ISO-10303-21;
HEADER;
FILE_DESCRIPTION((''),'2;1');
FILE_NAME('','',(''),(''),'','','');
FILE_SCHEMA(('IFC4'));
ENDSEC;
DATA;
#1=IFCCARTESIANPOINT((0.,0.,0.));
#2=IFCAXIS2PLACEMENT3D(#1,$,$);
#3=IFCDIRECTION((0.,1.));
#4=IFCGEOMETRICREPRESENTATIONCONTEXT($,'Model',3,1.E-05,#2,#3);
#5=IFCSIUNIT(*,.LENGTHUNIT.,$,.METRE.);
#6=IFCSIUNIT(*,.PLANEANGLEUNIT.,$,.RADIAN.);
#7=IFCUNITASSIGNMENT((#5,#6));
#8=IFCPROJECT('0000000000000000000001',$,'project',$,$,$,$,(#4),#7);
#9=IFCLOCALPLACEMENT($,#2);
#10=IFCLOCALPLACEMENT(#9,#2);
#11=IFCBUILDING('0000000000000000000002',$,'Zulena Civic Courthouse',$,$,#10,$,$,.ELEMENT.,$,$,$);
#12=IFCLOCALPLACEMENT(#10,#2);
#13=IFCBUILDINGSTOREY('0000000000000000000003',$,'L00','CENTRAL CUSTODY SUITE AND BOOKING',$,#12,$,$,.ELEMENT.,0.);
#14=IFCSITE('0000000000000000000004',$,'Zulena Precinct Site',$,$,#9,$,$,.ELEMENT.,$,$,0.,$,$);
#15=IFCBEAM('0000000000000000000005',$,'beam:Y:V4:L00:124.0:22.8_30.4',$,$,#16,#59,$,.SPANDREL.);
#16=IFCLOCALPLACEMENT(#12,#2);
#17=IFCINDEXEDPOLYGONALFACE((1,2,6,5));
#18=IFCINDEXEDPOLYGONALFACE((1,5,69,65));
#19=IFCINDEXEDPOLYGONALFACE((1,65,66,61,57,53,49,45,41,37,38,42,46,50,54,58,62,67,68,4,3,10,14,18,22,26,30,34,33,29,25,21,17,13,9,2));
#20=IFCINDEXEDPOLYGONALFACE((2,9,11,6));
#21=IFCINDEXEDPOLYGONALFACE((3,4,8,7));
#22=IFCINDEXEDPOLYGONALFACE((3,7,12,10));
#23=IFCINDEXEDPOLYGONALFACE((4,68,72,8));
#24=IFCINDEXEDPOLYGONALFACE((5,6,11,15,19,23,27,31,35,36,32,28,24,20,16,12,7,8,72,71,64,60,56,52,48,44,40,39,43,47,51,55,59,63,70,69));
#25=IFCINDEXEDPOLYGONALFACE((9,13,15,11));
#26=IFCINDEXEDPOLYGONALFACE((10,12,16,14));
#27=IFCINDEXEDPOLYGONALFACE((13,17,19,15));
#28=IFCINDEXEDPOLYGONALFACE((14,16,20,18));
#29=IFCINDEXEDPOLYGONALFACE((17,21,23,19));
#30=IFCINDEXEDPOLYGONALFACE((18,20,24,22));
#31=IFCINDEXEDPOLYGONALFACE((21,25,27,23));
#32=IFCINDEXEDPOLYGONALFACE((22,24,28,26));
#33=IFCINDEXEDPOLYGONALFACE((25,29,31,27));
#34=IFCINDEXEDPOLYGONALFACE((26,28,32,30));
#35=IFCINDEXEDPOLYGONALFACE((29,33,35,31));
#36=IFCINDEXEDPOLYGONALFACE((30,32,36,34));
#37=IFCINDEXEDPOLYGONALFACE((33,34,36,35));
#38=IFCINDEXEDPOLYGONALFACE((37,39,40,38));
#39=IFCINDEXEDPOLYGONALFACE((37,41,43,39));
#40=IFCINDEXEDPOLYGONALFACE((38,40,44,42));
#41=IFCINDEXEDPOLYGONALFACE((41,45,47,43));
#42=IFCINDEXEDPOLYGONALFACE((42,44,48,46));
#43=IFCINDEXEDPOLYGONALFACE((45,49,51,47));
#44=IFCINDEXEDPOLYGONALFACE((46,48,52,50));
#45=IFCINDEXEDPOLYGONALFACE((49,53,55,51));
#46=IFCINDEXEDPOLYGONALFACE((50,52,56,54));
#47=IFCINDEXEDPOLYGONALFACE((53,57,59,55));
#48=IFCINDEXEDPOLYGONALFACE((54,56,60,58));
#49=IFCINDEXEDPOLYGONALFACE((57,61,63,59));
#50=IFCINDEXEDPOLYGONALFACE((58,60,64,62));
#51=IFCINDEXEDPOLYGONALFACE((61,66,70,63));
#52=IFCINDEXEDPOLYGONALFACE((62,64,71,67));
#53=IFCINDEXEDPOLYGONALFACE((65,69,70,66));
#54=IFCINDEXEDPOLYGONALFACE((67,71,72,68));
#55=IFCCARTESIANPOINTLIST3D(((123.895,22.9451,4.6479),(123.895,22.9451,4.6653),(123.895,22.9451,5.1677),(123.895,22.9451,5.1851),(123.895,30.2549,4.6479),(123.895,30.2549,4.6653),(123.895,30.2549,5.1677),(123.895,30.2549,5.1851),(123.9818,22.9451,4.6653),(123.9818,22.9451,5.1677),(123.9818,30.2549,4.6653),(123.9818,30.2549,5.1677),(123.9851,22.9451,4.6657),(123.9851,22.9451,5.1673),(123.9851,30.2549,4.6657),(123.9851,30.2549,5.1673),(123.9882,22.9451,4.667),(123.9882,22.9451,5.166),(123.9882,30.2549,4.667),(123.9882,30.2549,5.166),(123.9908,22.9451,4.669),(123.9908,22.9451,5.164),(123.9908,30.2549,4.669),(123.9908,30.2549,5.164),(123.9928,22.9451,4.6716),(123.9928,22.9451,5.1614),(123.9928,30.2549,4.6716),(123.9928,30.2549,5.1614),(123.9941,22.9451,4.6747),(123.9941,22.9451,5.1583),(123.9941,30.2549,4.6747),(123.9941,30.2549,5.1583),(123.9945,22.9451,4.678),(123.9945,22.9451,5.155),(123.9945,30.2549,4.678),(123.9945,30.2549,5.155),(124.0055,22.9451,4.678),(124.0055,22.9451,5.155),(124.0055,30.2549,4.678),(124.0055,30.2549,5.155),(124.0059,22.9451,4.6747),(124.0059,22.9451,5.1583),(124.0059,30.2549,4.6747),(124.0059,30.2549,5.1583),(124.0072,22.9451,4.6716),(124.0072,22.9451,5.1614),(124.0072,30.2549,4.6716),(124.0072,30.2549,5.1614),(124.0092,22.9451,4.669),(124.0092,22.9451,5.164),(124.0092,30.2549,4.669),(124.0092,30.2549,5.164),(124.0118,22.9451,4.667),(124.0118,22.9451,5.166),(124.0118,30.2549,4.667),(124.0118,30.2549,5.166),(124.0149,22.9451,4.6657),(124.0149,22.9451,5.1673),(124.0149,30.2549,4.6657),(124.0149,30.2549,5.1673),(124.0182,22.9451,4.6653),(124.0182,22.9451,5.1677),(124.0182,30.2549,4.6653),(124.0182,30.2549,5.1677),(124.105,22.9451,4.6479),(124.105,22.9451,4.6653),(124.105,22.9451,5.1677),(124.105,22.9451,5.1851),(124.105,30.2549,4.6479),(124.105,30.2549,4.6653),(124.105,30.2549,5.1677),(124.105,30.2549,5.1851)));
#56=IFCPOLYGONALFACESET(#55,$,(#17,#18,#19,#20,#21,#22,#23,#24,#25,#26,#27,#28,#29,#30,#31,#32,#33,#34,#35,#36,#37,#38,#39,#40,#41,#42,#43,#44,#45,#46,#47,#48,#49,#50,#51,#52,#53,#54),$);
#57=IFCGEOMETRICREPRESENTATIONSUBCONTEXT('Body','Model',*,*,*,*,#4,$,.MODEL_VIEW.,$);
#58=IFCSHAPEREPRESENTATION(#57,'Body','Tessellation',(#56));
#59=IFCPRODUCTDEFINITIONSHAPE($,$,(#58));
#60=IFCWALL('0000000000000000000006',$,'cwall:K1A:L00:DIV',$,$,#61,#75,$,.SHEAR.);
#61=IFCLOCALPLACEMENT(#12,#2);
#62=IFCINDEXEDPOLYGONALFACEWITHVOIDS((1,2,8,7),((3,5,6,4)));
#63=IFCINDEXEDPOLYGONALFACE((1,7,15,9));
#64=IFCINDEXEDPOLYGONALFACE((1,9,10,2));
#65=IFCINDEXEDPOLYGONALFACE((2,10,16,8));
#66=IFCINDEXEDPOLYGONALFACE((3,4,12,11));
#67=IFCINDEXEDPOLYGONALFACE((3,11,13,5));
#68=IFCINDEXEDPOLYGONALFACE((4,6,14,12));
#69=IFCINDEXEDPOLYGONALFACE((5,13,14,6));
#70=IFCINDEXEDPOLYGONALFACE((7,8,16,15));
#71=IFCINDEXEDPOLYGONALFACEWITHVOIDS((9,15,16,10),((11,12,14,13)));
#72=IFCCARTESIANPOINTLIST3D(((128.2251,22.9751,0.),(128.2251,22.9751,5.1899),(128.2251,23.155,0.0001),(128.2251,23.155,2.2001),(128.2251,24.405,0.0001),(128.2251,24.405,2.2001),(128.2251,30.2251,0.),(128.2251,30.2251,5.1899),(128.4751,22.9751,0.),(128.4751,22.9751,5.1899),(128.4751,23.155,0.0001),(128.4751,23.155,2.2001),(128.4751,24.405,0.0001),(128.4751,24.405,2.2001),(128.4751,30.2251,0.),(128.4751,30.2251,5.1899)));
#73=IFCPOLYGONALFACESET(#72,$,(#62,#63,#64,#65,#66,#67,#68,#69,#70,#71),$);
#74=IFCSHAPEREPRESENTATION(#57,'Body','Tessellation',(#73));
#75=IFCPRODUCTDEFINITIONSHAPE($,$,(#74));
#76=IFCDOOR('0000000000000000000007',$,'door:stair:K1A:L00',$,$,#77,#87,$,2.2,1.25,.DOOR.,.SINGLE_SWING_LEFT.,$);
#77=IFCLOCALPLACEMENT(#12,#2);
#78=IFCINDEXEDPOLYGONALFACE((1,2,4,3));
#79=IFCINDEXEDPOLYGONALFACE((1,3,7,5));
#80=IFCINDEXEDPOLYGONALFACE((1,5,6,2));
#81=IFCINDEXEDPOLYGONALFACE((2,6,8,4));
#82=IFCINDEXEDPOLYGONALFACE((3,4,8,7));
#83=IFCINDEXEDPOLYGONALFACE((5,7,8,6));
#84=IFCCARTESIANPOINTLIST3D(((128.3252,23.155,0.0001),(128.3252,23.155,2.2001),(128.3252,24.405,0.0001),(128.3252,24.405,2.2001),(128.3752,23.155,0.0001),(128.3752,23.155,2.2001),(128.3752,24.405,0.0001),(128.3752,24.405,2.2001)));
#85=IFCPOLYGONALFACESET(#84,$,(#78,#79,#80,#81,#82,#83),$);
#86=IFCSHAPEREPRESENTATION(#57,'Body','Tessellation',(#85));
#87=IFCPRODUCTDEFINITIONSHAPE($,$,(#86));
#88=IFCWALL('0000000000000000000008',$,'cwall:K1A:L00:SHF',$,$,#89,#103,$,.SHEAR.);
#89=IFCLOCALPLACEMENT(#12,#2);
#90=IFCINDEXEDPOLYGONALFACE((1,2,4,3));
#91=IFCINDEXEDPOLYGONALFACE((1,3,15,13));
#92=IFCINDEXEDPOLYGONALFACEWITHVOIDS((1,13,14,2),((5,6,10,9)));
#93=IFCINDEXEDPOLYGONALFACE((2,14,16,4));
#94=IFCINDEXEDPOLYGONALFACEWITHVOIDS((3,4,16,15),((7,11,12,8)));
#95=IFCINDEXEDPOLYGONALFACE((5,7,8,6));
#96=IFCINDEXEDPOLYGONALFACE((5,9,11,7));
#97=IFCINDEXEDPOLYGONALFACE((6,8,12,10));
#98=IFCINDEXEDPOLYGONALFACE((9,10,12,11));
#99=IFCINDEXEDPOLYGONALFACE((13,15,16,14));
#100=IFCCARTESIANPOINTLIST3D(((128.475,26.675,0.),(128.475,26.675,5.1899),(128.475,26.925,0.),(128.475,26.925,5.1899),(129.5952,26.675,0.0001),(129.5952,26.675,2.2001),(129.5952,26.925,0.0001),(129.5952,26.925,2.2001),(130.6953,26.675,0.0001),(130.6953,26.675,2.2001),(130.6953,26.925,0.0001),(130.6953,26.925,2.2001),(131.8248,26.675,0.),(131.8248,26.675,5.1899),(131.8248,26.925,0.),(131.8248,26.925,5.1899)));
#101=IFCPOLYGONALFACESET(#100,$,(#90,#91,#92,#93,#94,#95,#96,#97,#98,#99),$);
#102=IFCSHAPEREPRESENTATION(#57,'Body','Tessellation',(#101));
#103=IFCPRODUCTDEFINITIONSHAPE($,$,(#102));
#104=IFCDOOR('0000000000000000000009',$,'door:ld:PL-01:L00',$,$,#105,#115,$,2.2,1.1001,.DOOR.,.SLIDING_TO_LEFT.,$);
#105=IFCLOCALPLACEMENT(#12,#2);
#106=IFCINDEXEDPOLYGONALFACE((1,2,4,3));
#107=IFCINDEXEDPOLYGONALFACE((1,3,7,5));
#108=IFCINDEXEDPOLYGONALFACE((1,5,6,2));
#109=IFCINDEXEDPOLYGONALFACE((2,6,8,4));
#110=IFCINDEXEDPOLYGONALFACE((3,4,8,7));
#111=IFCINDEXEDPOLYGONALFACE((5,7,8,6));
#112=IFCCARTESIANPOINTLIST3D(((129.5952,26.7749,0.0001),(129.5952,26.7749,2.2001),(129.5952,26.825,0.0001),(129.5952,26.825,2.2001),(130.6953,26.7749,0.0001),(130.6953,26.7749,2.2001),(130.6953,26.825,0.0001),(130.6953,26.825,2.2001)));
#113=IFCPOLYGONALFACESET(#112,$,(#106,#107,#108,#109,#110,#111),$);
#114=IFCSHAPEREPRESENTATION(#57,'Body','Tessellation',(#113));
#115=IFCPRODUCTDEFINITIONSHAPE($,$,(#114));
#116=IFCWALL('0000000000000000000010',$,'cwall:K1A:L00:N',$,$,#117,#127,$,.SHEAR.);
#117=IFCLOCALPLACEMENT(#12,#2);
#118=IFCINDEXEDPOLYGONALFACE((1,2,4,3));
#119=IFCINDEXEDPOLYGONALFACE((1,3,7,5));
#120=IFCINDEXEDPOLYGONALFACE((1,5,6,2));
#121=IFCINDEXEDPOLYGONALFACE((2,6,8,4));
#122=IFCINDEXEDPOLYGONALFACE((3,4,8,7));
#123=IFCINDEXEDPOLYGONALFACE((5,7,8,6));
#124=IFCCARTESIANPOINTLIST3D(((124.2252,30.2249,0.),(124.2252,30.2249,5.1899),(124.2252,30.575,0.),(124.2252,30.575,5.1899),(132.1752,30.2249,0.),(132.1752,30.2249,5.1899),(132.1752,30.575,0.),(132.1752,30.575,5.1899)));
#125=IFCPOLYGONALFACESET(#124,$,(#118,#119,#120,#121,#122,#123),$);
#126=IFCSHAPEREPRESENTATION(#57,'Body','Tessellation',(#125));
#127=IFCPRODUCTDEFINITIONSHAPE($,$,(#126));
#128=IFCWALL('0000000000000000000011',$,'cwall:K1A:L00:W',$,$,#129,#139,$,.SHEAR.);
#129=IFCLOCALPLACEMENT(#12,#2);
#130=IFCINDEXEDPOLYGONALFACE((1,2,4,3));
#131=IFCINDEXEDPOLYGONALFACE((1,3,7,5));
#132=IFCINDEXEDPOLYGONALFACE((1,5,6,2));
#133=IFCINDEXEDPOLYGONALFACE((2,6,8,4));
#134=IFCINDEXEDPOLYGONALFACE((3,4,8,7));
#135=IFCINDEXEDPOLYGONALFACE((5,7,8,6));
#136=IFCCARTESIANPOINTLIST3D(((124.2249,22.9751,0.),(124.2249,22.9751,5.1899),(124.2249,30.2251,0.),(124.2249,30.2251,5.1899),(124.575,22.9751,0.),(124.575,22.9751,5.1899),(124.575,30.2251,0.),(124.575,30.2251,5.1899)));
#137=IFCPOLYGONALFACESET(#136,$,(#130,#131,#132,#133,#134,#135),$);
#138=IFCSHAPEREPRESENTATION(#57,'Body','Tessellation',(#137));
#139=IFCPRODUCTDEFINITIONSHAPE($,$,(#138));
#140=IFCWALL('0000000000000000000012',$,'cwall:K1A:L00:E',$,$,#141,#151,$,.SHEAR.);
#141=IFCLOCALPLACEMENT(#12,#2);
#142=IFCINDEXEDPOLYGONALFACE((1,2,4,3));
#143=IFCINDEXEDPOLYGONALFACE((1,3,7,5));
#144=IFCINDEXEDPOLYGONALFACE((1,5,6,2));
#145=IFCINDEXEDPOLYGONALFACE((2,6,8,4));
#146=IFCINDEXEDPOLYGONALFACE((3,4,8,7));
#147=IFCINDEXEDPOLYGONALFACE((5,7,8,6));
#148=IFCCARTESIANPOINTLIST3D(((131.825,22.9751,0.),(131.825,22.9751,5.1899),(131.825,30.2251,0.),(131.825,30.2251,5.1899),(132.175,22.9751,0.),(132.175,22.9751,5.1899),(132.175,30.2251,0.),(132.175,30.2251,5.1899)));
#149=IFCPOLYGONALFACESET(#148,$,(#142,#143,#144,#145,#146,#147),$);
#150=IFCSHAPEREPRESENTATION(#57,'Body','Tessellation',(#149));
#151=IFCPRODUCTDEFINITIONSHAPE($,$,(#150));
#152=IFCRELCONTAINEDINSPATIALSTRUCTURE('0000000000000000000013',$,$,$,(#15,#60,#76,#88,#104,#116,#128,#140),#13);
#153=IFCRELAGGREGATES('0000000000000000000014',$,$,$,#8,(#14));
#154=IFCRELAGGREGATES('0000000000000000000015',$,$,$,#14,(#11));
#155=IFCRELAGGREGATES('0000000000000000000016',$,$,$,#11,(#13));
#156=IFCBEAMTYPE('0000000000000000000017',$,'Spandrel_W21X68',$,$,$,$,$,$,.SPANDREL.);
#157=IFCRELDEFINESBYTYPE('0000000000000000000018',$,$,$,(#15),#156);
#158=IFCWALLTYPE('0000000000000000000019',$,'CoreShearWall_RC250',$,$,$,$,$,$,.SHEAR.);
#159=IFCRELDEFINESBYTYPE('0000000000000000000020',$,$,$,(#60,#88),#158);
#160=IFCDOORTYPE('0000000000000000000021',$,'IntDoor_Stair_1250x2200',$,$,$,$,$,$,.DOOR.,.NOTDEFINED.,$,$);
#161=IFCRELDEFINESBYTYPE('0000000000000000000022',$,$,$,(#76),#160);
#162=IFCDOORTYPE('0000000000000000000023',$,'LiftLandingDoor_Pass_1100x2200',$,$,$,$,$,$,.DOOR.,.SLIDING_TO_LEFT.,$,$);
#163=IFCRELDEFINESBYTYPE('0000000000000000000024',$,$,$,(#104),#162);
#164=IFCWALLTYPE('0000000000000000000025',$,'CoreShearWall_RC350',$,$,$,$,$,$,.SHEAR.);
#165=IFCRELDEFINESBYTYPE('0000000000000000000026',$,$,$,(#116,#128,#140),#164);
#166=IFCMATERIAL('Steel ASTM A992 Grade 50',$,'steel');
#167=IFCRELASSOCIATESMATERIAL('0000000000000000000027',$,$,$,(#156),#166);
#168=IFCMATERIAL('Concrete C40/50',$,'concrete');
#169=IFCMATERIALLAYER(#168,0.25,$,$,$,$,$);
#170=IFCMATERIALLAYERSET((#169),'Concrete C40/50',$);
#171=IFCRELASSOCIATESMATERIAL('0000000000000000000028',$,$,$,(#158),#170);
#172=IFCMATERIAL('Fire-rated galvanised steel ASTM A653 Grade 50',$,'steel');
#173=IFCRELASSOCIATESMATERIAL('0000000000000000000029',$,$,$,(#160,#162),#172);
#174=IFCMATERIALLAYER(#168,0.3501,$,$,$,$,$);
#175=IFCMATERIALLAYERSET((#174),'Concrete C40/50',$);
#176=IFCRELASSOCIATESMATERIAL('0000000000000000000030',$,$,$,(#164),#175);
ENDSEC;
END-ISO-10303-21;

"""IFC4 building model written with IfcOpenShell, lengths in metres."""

from ifc_helpers import new_model, si_unit, direction, frame, frame_2d, origin, origin_2d, place, context, subcontext, project, spatial, rectangle, i_section, extrude, material, layer, layer_set, material_profile, profile_set, type_object, element, fill, save


model = new_model("IFC4")

# Units and contexts
model_context = context("Model", 3, precision=1e-05, world=origin(), true_north=direction((0.0, 1.0)))
body_context = subcontext(model_context, "Body", "Model", "MODEL_VIEW")
ifc_project = project(units=[si_unit("LENGTHUNIT", "METRE"), si_unit("PLANEANGLEUNIT", "RADIAN")], contexts=[model_context])

# Site, building, storey
site_placement = place(None, origin())
site = spatial("IfcSite", under=ifc_project, at=site_placement, Name="Zulena Precinct Site", CompositionType="ELEMENT", RefElevation=0.0)
building_placement = place(site_placement, origin())
building = spatial("IfcBuilding", under=site, at=building_placement, Name="Zulena Civic Courthouse", CompositionType="ELEMENT")
storey_placement = place(building_placement, origin())
storey = spatial("IfcBuildingStorey", under=building, at=storey_placement, Name="L00", Description="CENTRAL CUSTODY SUITE AND BOOKING", CompositionType="ELEMENT", Elevation=0.0)

# Shared definitions
ifc_material_1 = material(Name="Concrete C40/50", Category="concrete")

# Shared definitions
ifc_material_2 = material(Name="Steel ASTM A992 Grade 50", Category="steel")

# Beam
ifc_material_profile_1 = material_profile(ifc_material_2, i_section(OverallWidth=0.21, OverallDepth=0.5371, WebThickness=0.011, FlangeThickness=0.0173, FilletRadius=0.0127, at=origin_2d()), Name="W21X68")
ifc_profile_set_1 = profile_set([ifc_material_profile_1], Name="Steel ASTM A992 Grade 50")
beam_type_1 = type_object("IfcBeamType", Name="Spandrel_W21X68", PredefinedType="SPANDREL", material=ifc_profile_set_1)
for number, where, z_axis, x_axis, name in (
    (1, (124.0, 22.9451, 4.9165), (0.0, 1.0, 0.0), (-1.0, 0.0, 0.0), "beam:Y:V4:L00:124.0:22.8_30.4"),
):
    element("IfcBeam", number, at=place(storey_placement, frame(where, z_axis=z_axis, x_axis=x_axis)), inside=storey, type_object=beam_type_1, Name=name, PredefinedType="SPANDREL", context=body_context, shape_type="SweptSolid", body=[
        extrude(i_section(OverallWidth=0.21, OverallDepth=0.5371, WebThickness=0.011, FlangeThickness=0.0173, FilletRadius=0.0127, at=origin_2d()), origin(), (0.0, 0.0, 1.0), 7.3098),
    ])

# Walls, openings, doors
ifc_layer_1 = layer(ifc_material_1, 0.25)
ifc_layer_set_1 = layer_set([ifc_layer_1], Name="Concrete C40/50")
wall_type_1 = type_object("IfcWallType", Name="CoreShearWall_RC250", PredefinedType="SHEAR", material=ifc_layer_set_1)
wall_1_placement = place(storey_placement, frame((128.3501, 22.9751, 0.0), z_axis=(0.0, 0.0, 1.0), x_axis=(0.0, 1.0, 0.0)))
wall_1 = element("IfcWall", 2, at=wall_1_placement, inside=storey, type_object=wall_type_1, Name="cwall:K1A:L00:DIV", PredefinedType="SHEAR", context=body_context, shape_type="SweptSolid", body=[
    extrude(rectangle(XDim=7.25, YDim=0.25, at=frame_2d((3.625, 0.0))), origin(), (0.0, 0.0, 1.0), 5.1899),
])
opening_1_placement = place(wall_1_placement, frame((0.1799, 0.0, 0.0)))
opening_1 = element("IfcOpeningElement", 3, at=opening_1_placement, cuts=wall_1, PredefinedType="OPENING", context=body_context, shape_type="SweptSolid", body=[
    extrude(rectangle(XDim=1.25, YDim=2.2, at=frame_2d((0.625, 1.1001))), frame((0.0, 0.135, 0.0), z_axis=(0.0, -1.0, 0.0), x_axis=(1.0, 0.0, 0.0)), (0.0, 0.0, 1.0), 0.27),
])
ifc_material_3 = material(Name="Fire-rated galvanised steel ASTM A653 Grade 50", Category="steel")
door_type_1 = type_object("IfcDoorType", Name="IntDoor_Stair_1250x2200", OperationType="NOTDEFINED", PredefinedType="DOOR", material=ifc_material_3)
door_1_placement = place(opening_1_placement, origin())
door_1 = element("IfcDoor", 4, at=door_1_placement, inside=storey, type_object=door_type_1, Name="door:stair:K1A:L00", OperationType="SINGLE_SWING_LEFT", OverallHeight=2.2, OverallWidth=1.25, PredefinedType="DOOR", context=body_context, shape_type="SweptSolid", body=[
    extrude(rectangle(XDim=1.25, YDim=2.2, at=frame_2d((0.625, 1.1001))), frame((0.0, 0.0249, 0.0), z_axis=(0.0, -1.0, 0.0), x_axis=(1.0, 0.0, 0.0)), (0.0, 0.0, 1.0), 0.05),
])
fill(opening_1, door_1)
wall_2_placement = place(storey_placement, frame((128.4751, 26.8, 0.0), z_axis=(0.0, 0.0, 1.0), x_axis=(1.0, 0.0, 0.0)))
wall_2 = element("IfcWall", 5, at=wall_2_placement, inside=storey, type_object=wall_type_1, Name="cwall:K1A:L00:SHF", PredefinedType="SHEAR", context=body_context, shape_type="SweptSolid", body=[
    extrude(rectangle(XDim=3.3499, YDim=0.25, at=frame_2d((1.6748, 0.0))), origin(), (0.0, 0.0, 1.0), 5.1899),
])
opening_2_placement = place(wall_2_placement, frame((1.1201, 0.0, 0.0)))
opening_2 = element("IfcOpeningElement", 6, at=opening_2_placement, cuts=wall_2, PredefinedType="OPENING", context=body_context, shape_type="SweptSolid", body=[
    extrude(rectangle(XDim=1.1001, YDim=2.2, at=frame_2d((0.55, 1.1001))), frame((0.0, 0.135, 0.0), z_axis=(0.0, -1.0, 0.0), x_axis=(1.0, 0.0, 0.0)), (0.0, 0.0, 1.0), 0.27),
])
door_type_2 = type_object("IfcDoorType", Name="LiftLandingDoor_Pass_1100x2200", OperationType="SLIDING_TO_LEFT", PredefinedType="DOOR", material=ifc_material_3)
door_2_placement = place(opening_2_placement, origin())
door_2 = element("IfcDoor", 7, at=door_2_placement, inside=storey, type_object=door_type_2, Name="door:ld:PL-01:L00", OperationType="SLIDING_TO_LEFT", OverallHeight=2.2, OverallWidth=1.1001, PredefinedType="DOOR", context=body_context, shape_type="SweptSolid", body=[
    extrude(rectangle(XDim=1.1001, YDim=2.2, at=frame_2d((0.55, 1.1001))), frame((0.0, 0.0249, 0.0), z_axis=(0.0, -1.0, 0.0), x_axis=(1.0, 0.0, 0.0)), (0.0, 0.0, 1.0), 0.05),
])
fill(opening_2, door_2)

# Walls
ifc_layer_2 = layer(ifc_material_1, 0.3501)
ifc_layer_set_2 = layer_set([ifc_layer_2], Name="Concrete C40/50")
wall_type_2 = type_object("IfcWallType", Name="CoreShearWall_RC350", PredefinedType="SHEAR", material=ifc_layer_set_2)
wall_3_placement = place(storey_placement, frame((124.2251, 30.3999, 0.0), z_axis=(0.0, 0.0, 1.0), x_axis=(1.0, 0.0, 0.0)))
element("IfcWall", 8, at=wall_3_placement, inside=storey, type_object=wall_type_2, Name="cwall:K1A:L00:N", PredefinedType="SHEAR", context=body_context, shape_type="SweptSolid", body=[
    extrude(rectangle(XDim=7.95, YDim=0.3501, at=frame_2d((3.9751, 0.0))), origin(), (0.0, 0.0, 1.0), 5.1899),
])
for number, where, z_axis, x_axis, name in (
    (9, (124.3999, 22.9751, 0.0), (0.0, 0.0, 1.0), (0.0, 1.0, 0.0), "cwall:K1A:L00:W"),
    (10, (132.0, 22.9751, 0.0), (0.0, 0.0, 1.0), (0.0, 1.0, 0.0), "cwall:K1A:L00:E"),
):
    element("IfcWall", number, at=place(storey_placement, frame(where, z_axis=z_axis, x_axis=x_axis)), inside=storey, type_object=wall_type_2, Name=name, PredefinedType="SHEAR", context=body_context, shape_type="SweptSolid", body=[
        extrude(rectangle(XDim=7.25, YDim=0.3501, at=frame_2d((3.625, 0.0))), origin(), (0.0, 0.0, 1.0), 5.1899),
    ])

save(model, "model.ifc")
